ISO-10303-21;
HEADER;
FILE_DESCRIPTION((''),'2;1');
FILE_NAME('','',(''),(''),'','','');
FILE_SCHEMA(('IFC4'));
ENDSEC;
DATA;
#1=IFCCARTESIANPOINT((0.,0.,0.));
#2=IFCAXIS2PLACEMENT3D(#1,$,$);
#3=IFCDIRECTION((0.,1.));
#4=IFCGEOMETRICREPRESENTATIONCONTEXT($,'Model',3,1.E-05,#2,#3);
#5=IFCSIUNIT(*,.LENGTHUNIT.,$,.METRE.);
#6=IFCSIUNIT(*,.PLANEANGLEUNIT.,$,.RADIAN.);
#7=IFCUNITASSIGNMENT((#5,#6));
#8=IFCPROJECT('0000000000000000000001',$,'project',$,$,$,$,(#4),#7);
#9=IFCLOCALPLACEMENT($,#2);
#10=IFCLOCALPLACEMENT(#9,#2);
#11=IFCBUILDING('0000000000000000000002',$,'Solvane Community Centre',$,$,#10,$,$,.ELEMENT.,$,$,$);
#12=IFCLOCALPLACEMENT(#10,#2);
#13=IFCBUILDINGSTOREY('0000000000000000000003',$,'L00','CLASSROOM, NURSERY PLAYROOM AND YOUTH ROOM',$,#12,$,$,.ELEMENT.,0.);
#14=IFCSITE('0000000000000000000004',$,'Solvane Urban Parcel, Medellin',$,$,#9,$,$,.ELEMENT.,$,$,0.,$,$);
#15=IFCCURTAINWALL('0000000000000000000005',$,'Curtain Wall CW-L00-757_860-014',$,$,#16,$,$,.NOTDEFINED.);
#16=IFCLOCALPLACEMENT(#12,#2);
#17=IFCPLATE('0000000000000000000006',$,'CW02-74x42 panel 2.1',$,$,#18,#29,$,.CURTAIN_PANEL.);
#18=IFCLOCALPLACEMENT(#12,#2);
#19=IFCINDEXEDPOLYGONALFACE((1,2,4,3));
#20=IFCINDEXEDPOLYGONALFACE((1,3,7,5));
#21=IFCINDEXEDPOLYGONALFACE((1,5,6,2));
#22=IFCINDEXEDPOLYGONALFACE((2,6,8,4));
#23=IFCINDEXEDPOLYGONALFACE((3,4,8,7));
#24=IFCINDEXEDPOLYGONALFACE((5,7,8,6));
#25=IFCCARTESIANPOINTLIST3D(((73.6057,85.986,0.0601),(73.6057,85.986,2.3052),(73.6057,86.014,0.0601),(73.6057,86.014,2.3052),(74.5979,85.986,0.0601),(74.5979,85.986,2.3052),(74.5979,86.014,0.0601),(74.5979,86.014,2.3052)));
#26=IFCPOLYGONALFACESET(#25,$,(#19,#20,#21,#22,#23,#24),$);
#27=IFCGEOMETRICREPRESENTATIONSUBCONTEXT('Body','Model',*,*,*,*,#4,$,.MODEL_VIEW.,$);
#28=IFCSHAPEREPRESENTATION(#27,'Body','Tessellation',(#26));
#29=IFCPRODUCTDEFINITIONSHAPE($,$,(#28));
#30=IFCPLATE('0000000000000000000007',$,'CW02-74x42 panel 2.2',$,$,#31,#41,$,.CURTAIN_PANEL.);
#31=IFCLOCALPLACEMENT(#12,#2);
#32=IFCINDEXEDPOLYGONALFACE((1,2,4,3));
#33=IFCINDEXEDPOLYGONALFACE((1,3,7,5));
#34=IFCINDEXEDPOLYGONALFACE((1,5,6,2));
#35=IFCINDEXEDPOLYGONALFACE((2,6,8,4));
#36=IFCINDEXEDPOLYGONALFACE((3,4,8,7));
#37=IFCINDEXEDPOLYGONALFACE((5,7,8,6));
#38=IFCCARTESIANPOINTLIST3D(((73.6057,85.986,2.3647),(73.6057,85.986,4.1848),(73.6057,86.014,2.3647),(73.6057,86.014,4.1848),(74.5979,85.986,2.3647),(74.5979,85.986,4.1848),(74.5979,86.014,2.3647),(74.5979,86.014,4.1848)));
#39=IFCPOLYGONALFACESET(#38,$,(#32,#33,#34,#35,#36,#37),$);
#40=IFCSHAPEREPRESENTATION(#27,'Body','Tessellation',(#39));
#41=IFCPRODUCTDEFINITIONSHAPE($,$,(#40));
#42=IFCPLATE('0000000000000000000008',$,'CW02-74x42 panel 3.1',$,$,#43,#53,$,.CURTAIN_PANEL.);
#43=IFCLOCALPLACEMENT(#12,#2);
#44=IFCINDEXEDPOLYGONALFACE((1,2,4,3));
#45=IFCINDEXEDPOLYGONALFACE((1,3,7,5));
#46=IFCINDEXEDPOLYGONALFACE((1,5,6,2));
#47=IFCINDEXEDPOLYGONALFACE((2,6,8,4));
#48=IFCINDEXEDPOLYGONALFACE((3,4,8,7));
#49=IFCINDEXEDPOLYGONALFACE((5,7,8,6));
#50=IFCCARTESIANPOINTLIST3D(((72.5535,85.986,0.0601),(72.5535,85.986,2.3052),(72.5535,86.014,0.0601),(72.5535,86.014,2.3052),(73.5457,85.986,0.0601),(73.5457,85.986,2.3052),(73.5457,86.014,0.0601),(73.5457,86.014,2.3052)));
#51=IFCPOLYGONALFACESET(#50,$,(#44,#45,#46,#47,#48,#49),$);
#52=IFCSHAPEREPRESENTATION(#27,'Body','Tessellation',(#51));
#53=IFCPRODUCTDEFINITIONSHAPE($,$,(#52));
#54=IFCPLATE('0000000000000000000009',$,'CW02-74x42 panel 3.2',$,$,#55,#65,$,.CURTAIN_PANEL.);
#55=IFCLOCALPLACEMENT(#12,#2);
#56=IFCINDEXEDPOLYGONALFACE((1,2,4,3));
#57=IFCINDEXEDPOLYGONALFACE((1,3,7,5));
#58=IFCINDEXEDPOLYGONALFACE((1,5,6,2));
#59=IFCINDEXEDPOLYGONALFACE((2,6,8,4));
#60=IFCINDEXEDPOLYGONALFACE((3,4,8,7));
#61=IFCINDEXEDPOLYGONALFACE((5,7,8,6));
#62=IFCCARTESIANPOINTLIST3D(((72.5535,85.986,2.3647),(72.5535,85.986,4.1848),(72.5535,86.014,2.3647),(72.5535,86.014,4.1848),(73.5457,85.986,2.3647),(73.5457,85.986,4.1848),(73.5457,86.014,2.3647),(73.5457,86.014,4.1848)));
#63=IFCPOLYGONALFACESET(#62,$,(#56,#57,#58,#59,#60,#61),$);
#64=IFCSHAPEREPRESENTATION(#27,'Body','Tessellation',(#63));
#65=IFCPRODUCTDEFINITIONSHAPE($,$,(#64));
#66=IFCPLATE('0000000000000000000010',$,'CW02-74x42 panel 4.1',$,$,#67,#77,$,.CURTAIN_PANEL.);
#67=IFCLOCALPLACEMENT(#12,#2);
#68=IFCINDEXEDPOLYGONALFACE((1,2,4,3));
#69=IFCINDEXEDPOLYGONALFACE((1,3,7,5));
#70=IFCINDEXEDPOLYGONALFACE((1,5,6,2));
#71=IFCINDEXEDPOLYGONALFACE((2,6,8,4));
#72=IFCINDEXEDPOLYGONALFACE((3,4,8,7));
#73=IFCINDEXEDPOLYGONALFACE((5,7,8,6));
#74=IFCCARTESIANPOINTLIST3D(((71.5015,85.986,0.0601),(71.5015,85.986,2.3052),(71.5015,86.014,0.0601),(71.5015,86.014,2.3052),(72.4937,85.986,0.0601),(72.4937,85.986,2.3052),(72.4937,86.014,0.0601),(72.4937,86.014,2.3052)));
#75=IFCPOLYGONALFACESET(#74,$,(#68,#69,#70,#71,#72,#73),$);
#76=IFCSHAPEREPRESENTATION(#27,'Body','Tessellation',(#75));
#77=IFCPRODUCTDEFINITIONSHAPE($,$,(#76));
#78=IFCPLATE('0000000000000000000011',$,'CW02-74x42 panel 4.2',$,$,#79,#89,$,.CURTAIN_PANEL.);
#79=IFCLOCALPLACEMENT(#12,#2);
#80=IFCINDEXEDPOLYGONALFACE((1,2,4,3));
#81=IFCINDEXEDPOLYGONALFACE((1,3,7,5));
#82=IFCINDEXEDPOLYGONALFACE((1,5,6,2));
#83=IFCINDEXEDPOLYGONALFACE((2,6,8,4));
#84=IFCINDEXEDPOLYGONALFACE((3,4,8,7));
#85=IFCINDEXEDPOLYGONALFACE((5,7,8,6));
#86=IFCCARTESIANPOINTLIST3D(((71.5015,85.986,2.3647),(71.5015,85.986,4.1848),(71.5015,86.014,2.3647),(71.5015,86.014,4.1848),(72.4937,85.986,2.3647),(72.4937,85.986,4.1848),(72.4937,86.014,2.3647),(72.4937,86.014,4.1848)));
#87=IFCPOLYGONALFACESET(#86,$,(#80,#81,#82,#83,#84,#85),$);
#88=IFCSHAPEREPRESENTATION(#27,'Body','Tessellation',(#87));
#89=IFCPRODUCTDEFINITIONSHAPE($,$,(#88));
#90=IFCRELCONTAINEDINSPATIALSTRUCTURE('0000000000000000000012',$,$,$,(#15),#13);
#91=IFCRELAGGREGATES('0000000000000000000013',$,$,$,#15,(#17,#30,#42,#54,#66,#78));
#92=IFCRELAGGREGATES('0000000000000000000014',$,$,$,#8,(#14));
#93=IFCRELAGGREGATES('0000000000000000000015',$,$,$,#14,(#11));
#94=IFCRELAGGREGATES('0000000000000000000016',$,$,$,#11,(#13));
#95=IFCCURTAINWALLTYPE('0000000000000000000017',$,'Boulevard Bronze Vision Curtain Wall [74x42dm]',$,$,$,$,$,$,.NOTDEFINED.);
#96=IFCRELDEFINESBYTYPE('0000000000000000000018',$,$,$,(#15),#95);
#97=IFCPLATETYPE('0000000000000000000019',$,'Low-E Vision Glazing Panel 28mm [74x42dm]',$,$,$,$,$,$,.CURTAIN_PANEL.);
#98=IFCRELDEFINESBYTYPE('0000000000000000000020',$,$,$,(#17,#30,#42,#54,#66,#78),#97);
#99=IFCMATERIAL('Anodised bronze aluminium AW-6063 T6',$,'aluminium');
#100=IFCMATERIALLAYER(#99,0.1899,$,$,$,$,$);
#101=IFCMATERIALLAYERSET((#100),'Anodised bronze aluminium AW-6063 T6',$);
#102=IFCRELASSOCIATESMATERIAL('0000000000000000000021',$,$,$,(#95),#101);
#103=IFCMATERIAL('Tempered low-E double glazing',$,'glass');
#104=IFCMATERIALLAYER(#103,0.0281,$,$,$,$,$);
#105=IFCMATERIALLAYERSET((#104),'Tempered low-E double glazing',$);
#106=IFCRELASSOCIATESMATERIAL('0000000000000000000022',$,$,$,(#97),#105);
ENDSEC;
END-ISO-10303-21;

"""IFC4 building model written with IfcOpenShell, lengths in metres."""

from ifc_helpers import new_model, si_unit, direction, frame, origin, origin_2d, place, context, subcontext, project, spatial, rectangle, extrude, material, layer, layer_set, type_object, element, aggregate, save


model = new_model("IFC4")

# Units and contexts
model_context = context("Model", 3, precision=1e-05, world=origin(), true_north=direction((0.0, 1.0)))
body_context = subcontext(model_context, "Body", "Model", "MODEL_VIEW")
ifc_project = project(units=[si_unit("LENGTHUNIT", "METRE"), si_unit("PLANEANGLEUNIT", "RADIAN")], contexts=[model_context])

# Site, building, storey
site_placement = place(None, origin())
site = spatial("IfcSite", under=ifc_project, at=site_placement, Name="Solvane Urban Parcel, Medellin", CompositionType="ELEMENT", RefElevation=0.0)
building_placement = place(site_placement, origin())
building = spatial("IfcBuilding", under=site, at=building_placement, Name="Solvane Community Centre", CompositionType="ELEMENT")
storey_placement = place(building_placement, origin())
storey = spatial("IfcBuildingStorey", under=building, at=storey_placement, Name="L00", Description="CLASSROOM, NURSERY PLAYROOM AND YOUTH ROOM", CompositionType="ELEMENT", Elevation=0.0)

# Curtain wall, plates
ifc_material_1 = material(Name="Anodised bronze aluminium AW-6063 T6", Category="aluminium")
ifc_layer_1 = layer(ifc_material_1, 0.1899)
ifc_layer_set_1 = layer_set([ifc_layer_1], Name="Anodised bronze aluminium AW-6063 T6")
curtain_wall_type = type_object("IfcCurtainWallType", Name="Boulevard Bronze Vision Curtain Wall [74x42dm]", PredefinedType="NOTDEFINED", material=ifc_layer_set_1)
curtain_wall_placement = place(storey_placement, origin())
curtain_wall = element("IfcCurtainWall", 1, at=curtain_wall_placement, inside=storey, type_object=curtain_wall_type, Name="Curtain Wall CW-L00-757_860-014", PredefinedType="NOTDEFINED")
ifc_material_2 = material(Name="Tempered low-E double glazing", Category="glass")
ifc_layer_2 = layer(ifc_material_2, 0.0281)
ifc_layer_set_2 = layer_set([ifc_layer_2], Name="Tempered low-E double glazing")
plate_type = type_object("IfcPlateType", Name="Low-E Vision Glazing Panel 28mm [74x42dm]", PredefinedType="CURTAIN_PANEL", material=ifc_layer_set_2)
plate_1_placement = place(storey_placement, frame((74.1018, 86.0, 0.0601), z_axis=(0.0, 0.0, 1.0), x_axis=(-1.0, 0.0, 0.0)))
plate_1 = element("IfcPlate", 2, at=plate_1_placement, type_object=plate_type, Name="CW02-74x42 panel 2.1", PredefinedType="CURTAIN_PANEL", context=body_context, shape_type="SweptSolid", body=[
    extrude(rectangle(XDim=0.9922, YDim=0.0281, at=origin_2d()), origin(), (0.0, 0.0, 1.0), 2.2451),
])
plate_2_placement = place(storey_placement, frame((74.1018, 86.0, 2.3647), z_axis=(0.0, 0.0, 1.0), x_axis=(-1.0, 0.0, 0.0)))
plate_2 = element("IfcPlate", 3, at=plate_2_placement, type_object=plate_type, Name="CW02-74x42 panel 2.2", PredefinedType="CURTAIN_PANEL", context=body_context, shape_type="SweptSolid", body=[
    extrude(rectangle(XDim=0.9922, YDim=0.0281, at=origin_2d()), origin(), (0.0, 0.0, 1.0), 1.8201),
])
plate_3_placement = place(storey_placement, frame((73.0496, 86.0, 0.0601), z_axis=(0.0, 0.0, 1.0), x_axis=(-1.0, 0.0, 0.0)))
plate_3 = element("IfcPlate", 4, at=plate_3_placement, type_object=plate_type, Name="CW02-74x42 panel 3.1", PredefinedType="CURTAIN_PANEL", context=body_context, shape_type="SweptSolid", body=[
    extrude(rectangle(XDim=0.9922, YDim=0.0281, at=origin_2d()), origin(), (0.0, 0.0, 1.0), 2.2451),
])
plate_4_placement = place(storey_placement, frame((73.0496, 86.0, 2.3647), z_axis=(0.0, 0.0, 1.0), x_axis=(-1.0, 0.0, 0.0)))
plate_4 = element("IfcPlate", 5, at=plate_4_placement, type_object=plate_type, Name="CW02-74x42 panel 3.2", PredefinedType="CURTAIN_PANEL", context=body_context, shape_type="SweptSolid", body=[
    extrude(rectangle(XDim=0.9922, YDim=0.0281, at=origin_2d()), origin(), (0.0, 0.0, 1.0), 1.8201),
])
plate_5_placement = place(storey_placement, frame((71.9976, 86.0, 0.0601), z_axis=(0.0, 0.0, 1.0), x_axis=(-1.0, 0.0, 0.0)))
plate_5 = element("IfcPlate", 6, at=plate_5_placement, type_object=plate_type, Name="CW02-74x42 panel 4.1", PredefinedType="CURTAIN_PANEL", context=body_context, shape_type="SweptSolid", body=[
    extrude(rectangle(XDim=0.9922, YDim=0.0281, at=origin_2d()), origin(), (0.0, 0.0, 1.0), 2.2451),
])
plate_6_placement = place(storey_placement, frame((71.9976, 86.0, 2.3647), z_axis=(0.0, 0.0, 1.0), x_axis=(-1.0, 0.0, 0.0)))
plate_6 = element("IfcPlate", 7, at=plate_6_placement, type_object=plate_type, Name="CW02-74x42 panel 4.2", PredefinedType="CURTAIN_PANEL", context=body_context, shape_type="SweptSolid", body=[
    extrude(rectangle(XDim=0.9922, YDim=0.0281, at=origin_2d()), origin(), (0.0, 0.0, 1.0), 1.8201),
])
aggregate(curtain_wall, [plate_1, plate_2, plate_3, plate_4, plate_5, plate_6])

save(model, "model.ifc")
